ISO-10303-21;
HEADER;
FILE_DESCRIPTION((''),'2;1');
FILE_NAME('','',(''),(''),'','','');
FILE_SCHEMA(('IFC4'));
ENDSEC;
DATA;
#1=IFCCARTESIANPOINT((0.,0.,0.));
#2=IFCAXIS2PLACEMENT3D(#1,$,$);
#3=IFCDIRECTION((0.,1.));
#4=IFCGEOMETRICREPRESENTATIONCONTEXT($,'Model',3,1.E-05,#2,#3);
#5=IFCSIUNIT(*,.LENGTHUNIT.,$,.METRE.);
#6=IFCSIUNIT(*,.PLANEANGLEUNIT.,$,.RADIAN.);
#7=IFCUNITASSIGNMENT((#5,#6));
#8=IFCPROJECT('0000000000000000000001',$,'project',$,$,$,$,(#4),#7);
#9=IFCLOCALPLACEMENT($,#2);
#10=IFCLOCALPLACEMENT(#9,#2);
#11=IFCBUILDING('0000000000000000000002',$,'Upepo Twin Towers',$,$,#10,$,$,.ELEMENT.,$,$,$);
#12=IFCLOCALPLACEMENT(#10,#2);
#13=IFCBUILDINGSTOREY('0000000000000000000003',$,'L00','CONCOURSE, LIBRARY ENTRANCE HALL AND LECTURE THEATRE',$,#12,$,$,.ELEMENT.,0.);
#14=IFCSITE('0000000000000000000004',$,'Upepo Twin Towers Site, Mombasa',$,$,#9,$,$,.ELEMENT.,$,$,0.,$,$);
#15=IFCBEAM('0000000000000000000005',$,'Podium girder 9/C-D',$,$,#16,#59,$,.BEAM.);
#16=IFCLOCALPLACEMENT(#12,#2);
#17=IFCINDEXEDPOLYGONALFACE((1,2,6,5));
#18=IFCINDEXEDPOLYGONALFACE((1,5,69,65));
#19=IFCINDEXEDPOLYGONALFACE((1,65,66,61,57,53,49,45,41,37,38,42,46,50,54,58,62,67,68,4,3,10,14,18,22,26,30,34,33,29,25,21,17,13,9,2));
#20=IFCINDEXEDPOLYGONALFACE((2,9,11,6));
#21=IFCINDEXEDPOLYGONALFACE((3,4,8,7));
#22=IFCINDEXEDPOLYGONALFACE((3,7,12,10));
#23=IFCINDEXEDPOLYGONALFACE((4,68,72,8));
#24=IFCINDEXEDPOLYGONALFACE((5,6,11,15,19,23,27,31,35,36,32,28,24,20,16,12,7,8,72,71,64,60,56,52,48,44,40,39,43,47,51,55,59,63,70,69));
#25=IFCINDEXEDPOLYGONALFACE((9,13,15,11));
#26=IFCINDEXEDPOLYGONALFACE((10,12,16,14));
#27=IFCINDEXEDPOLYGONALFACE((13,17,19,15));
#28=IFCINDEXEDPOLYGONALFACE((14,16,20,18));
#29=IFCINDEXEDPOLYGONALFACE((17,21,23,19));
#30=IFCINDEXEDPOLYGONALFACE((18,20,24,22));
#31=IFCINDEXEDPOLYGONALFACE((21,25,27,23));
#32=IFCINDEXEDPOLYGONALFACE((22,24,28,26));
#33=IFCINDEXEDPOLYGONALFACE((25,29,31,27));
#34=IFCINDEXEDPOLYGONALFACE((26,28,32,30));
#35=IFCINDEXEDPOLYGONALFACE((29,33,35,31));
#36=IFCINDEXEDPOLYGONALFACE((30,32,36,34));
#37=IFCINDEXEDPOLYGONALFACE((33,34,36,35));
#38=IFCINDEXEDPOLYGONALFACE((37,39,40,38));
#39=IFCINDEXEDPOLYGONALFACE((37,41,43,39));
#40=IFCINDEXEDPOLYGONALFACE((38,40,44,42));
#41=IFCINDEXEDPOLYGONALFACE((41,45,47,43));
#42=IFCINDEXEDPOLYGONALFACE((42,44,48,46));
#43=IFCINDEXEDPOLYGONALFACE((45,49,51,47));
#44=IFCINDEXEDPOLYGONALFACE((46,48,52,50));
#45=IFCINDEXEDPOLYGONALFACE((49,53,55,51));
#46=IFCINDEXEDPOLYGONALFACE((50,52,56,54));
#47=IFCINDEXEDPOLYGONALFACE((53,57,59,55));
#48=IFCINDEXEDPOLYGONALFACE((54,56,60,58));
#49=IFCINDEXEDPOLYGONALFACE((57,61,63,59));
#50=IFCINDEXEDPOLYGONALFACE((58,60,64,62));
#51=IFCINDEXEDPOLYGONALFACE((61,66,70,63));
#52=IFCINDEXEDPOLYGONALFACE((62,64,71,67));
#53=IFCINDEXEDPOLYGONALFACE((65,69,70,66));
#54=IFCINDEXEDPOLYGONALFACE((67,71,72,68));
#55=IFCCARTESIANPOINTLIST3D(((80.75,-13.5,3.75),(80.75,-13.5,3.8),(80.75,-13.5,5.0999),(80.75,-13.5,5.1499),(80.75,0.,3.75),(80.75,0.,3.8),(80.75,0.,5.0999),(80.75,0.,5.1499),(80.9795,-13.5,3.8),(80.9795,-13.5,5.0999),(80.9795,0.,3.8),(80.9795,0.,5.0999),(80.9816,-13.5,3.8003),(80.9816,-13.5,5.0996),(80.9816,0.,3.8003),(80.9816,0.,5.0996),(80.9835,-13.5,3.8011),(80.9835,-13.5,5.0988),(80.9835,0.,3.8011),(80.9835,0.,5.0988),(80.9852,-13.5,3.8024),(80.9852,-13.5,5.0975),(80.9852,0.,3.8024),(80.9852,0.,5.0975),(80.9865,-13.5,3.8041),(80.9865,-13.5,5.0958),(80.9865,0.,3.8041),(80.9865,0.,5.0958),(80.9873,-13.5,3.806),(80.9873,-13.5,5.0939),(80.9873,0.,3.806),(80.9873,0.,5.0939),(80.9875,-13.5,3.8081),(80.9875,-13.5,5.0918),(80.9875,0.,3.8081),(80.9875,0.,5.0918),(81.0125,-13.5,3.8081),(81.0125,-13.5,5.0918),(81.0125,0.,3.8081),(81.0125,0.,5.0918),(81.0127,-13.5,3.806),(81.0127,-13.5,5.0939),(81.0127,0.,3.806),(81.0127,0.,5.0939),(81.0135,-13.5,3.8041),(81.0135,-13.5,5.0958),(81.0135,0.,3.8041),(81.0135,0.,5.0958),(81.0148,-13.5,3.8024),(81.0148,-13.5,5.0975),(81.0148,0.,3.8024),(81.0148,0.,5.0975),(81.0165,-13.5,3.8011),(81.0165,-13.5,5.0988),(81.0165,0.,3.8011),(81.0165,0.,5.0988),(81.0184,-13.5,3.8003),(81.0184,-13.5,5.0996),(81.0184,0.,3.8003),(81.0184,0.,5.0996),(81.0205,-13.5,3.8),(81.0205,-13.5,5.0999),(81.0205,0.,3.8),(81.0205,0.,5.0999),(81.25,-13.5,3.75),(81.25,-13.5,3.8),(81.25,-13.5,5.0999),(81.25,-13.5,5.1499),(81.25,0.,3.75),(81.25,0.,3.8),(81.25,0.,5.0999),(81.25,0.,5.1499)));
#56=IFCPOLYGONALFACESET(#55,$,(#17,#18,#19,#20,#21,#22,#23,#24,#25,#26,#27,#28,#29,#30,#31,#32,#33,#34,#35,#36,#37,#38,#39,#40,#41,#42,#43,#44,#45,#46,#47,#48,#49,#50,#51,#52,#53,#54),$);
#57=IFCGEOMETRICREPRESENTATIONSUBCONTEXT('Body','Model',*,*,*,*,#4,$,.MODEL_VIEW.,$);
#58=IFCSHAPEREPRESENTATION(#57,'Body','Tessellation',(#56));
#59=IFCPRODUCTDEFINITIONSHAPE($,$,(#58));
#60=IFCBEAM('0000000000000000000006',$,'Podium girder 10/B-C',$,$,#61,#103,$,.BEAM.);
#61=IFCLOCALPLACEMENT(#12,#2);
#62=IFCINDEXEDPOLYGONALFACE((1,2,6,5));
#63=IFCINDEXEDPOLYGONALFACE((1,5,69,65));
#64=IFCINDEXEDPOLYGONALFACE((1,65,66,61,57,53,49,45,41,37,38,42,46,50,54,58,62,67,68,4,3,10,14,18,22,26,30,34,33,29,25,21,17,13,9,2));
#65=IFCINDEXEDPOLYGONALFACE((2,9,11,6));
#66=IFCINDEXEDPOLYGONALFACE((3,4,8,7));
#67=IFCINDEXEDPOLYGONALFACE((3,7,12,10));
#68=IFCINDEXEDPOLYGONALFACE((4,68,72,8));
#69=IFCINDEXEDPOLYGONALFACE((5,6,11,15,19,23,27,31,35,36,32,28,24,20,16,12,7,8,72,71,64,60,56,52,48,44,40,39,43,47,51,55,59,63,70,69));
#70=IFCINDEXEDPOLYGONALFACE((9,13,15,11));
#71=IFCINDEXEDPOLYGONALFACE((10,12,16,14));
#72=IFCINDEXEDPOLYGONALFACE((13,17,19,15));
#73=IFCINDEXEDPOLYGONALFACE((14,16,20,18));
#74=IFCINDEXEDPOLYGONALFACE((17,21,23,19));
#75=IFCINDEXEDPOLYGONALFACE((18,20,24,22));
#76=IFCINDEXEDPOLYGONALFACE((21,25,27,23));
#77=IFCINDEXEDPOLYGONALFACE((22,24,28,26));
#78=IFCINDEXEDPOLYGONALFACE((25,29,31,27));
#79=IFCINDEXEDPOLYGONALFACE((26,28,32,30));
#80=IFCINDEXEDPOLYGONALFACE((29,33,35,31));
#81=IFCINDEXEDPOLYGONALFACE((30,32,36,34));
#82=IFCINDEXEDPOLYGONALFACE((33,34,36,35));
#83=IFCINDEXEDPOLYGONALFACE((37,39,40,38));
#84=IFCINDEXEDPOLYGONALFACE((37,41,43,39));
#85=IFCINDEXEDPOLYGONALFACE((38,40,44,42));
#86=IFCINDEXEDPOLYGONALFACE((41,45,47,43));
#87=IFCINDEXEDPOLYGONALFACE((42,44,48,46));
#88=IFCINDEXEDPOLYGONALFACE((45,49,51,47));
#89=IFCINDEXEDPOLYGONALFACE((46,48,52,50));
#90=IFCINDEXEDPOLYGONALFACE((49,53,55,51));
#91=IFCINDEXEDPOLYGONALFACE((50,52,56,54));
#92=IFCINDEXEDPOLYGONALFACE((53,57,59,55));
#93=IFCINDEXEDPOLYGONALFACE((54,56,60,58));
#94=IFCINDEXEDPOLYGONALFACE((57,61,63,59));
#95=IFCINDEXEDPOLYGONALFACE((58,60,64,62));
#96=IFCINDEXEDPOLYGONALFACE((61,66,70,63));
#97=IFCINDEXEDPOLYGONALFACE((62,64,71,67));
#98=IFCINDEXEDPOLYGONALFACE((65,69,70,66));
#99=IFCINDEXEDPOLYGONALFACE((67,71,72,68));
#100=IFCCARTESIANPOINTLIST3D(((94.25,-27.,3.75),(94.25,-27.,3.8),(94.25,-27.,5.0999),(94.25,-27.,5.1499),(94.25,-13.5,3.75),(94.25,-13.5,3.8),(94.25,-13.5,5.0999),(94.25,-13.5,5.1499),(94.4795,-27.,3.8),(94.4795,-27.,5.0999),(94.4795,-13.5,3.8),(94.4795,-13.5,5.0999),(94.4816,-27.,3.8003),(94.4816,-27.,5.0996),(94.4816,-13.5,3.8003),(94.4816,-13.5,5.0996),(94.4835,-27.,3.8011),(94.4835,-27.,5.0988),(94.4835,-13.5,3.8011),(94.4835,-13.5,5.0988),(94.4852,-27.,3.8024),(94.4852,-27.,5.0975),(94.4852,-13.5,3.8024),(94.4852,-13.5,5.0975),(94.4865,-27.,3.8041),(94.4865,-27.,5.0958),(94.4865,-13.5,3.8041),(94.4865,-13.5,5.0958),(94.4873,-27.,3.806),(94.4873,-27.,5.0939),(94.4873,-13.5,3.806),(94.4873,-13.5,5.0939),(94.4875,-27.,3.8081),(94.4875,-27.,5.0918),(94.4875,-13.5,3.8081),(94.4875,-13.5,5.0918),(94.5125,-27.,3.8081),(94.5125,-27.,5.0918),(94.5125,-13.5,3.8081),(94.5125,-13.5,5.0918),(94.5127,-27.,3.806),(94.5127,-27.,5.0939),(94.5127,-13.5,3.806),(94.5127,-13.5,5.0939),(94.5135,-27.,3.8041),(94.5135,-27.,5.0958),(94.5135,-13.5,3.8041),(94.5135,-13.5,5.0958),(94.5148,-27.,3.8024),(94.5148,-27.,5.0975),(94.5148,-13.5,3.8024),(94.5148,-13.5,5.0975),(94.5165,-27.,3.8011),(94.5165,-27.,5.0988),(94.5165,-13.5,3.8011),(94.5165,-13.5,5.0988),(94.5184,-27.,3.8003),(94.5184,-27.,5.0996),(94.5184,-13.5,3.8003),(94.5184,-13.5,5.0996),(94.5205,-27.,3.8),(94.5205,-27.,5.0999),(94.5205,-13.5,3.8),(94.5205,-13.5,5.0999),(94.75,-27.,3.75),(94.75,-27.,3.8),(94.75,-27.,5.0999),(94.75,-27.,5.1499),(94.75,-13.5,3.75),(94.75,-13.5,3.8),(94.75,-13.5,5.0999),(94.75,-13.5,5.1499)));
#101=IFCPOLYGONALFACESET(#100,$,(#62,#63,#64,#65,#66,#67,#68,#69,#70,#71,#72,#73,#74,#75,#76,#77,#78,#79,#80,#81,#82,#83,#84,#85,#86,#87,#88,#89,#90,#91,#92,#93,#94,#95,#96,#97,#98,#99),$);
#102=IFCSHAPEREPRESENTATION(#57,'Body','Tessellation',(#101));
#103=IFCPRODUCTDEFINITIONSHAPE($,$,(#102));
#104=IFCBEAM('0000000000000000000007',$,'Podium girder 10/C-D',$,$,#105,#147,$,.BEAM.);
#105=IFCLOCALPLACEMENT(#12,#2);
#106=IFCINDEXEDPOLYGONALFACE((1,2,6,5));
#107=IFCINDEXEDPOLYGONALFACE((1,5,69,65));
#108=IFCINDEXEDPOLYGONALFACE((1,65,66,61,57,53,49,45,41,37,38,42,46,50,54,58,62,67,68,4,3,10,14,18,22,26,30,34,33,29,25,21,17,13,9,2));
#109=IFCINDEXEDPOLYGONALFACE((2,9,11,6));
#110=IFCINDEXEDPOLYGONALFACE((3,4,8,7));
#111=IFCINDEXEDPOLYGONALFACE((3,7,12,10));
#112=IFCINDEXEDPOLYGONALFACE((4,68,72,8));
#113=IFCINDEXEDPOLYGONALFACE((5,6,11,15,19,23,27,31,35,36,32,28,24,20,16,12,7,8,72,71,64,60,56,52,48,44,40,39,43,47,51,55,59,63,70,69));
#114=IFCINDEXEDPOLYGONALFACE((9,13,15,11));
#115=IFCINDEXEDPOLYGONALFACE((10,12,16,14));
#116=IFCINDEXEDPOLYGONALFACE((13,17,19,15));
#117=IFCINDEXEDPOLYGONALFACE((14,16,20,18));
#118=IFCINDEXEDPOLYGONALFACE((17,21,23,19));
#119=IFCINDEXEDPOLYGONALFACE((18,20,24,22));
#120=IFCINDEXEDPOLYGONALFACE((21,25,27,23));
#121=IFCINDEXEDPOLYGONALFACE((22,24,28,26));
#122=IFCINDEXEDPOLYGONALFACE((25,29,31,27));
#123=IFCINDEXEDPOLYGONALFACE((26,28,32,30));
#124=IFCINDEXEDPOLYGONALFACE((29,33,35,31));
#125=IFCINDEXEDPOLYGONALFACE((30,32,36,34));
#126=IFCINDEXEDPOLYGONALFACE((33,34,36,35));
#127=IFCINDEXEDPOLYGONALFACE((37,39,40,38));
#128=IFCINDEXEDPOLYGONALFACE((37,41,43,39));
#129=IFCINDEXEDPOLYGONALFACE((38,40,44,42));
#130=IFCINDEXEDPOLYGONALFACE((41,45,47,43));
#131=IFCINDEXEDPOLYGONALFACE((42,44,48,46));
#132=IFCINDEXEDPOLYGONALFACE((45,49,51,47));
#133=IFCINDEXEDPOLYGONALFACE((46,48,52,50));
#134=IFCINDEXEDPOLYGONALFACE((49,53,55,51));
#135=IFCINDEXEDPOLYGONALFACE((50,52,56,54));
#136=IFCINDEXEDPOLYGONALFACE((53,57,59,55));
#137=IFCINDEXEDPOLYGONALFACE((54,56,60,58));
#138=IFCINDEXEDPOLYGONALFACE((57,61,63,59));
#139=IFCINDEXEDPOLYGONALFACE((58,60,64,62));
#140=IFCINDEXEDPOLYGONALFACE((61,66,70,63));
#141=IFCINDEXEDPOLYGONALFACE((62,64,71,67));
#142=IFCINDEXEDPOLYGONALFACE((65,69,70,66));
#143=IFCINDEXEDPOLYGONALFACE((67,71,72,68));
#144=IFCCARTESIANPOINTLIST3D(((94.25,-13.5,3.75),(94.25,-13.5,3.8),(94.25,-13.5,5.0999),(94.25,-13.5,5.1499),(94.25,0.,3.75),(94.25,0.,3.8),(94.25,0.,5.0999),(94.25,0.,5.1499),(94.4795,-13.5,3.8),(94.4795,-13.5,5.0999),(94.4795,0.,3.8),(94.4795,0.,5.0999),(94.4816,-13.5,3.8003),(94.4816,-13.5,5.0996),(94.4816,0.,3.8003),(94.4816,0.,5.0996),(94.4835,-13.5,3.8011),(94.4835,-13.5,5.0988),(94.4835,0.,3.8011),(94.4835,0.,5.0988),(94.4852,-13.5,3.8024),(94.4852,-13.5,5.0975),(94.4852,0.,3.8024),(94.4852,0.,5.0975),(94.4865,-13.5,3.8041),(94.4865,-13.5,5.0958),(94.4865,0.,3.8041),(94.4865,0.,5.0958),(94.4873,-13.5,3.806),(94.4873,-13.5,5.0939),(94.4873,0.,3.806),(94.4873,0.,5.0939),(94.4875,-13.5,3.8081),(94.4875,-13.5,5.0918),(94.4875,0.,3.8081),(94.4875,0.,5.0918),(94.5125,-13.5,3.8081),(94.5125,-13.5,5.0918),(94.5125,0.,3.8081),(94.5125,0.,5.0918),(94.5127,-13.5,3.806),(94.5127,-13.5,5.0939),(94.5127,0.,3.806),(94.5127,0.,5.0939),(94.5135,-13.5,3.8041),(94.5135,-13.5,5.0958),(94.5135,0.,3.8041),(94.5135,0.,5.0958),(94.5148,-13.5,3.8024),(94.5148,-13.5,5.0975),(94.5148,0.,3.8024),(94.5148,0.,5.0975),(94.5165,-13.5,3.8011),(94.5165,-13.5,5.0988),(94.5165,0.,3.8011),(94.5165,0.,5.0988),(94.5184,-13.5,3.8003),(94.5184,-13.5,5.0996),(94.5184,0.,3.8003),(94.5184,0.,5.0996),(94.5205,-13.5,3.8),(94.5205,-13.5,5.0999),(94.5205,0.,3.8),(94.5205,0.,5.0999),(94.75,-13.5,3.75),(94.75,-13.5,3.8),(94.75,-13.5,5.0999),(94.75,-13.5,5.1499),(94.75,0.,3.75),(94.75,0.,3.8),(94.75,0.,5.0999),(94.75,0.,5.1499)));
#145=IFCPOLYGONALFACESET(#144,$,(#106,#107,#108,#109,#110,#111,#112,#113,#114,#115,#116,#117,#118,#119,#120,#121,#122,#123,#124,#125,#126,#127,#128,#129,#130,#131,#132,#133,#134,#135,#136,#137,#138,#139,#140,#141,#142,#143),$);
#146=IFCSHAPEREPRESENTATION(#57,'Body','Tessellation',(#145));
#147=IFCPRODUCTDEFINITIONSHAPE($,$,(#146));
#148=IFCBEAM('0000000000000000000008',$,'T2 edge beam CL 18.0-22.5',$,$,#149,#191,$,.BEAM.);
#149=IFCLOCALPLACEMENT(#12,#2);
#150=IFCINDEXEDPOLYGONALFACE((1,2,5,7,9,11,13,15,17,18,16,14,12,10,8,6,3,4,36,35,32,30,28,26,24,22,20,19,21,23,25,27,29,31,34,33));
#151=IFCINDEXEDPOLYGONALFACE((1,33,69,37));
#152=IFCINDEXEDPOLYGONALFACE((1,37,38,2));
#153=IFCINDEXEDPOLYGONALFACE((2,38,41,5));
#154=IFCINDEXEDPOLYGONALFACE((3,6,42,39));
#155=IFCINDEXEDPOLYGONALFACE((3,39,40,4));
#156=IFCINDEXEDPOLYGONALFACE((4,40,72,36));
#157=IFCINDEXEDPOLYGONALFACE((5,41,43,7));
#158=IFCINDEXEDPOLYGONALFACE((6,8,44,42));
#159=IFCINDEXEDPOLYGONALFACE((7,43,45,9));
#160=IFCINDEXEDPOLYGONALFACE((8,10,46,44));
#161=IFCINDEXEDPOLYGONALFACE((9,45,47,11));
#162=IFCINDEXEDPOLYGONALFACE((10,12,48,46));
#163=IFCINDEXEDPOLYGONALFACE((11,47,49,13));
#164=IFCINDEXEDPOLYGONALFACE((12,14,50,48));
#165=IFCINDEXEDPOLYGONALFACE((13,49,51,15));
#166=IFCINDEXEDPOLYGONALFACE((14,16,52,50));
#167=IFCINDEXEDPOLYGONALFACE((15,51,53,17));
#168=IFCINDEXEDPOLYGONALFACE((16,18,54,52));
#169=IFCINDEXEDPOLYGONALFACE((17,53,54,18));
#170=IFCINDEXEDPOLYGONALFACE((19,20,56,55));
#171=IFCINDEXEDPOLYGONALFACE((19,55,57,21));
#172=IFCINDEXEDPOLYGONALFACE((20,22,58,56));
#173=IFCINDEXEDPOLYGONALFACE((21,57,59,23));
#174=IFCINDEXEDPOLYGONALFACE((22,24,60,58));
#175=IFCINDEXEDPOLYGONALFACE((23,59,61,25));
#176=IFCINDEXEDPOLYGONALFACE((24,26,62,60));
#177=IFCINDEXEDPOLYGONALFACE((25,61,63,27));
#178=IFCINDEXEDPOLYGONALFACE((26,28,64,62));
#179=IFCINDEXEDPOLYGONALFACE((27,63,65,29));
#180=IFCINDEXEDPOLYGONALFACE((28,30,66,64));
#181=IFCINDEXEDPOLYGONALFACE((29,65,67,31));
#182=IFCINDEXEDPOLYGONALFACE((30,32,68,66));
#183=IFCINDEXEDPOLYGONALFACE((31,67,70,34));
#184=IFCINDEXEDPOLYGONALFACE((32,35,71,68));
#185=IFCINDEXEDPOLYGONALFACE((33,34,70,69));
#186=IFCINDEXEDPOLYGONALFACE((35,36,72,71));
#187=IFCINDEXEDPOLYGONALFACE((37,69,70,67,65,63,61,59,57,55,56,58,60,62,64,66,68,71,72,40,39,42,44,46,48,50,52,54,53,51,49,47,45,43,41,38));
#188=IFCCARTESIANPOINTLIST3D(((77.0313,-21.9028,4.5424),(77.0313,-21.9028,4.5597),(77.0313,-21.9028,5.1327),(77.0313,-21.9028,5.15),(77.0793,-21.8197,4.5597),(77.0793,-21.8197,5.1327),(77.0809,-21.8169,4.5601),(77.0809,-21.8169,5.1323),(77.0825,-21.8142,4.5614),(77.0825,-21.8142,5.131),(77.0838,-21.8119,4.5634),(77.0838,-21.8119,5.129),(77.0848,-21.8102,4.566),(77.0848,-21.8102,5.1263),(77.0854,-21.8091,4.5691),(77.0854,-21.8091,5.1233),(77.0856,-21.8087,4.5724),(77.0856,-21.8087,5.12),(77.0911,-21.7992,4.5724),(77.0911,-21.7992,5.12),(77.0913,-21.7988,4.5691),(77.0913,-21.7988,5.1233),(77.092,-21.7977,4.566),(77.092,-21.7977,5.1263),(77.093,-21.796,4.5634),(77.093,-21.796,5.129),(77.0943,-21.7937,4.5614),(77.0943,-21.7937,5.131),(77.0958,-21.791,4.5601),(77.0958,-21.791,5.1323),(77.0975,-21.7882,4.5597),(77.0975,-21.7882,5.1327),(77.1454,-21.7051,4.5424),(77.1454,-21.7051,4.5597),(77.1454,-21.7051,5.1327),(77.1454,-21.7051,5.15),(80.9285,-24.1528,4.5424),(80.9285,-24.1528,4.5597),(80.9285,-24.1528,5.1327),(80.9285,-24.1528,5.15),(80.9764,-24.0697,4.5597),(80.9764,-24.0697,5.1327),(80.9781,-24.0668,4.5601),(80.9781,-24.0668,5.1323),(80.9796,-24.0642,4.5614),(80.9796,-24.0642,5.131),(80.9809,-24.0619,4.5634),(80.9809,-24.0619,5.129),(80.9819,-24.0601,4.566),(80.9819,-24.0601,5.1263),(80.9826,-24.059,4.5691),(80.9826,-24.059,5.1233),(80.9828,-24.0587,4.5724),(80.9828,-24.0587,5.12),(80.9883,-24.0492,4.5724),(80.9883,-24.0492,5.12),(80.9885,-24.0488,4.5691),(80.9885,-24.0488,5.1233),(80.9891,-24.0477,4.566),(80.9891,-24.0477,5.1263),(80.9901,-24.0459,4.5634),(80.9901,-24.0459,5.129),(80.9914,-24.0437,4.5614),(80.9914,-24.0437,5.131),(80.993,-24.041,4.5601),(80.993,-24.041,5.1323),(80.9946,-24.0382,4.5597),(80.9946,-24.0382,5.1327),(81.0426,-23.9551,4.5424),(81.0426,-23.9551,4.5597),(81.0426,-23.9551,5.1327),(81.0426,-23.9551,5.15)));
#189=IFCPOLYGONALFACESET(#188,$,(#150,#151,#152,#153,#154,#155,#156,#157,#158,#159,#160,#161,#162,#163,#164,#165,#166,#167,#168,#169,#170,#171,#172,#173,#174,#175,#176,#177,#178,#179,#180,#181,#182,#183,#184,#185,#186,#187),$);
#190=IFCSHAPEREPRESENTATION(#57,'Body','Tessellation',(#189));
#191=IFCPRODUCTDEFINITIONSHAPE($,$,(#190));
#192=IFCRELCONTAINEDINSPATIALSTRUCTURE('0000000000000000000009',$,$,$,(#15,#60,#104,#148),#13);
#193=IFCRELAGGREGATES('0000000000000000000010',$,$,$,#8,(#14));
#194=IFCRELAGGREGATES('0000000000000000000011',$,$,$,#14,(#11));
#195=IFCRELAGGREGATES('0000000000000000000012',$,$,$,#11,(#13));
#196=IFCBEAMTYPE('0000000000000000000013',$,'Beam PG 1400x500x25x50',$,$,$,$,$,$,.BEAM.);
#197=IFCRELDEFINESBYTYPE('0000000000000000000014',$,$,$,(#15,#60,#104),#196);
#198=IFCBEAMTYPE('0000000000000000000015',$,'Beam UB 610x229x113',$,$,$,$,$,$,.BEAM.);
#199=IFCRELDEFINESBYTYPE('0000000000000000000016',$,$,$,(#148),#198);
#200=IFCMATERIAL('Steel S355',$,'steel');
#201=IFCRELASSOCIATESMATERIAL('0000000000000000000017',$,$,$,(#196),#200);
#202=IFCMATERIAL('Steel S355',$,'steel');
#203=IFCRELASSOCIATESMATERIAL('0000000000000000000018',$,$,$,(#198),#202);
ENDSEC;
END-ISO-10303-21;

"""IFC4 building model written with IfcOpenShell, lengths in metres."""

from ifc_helpers import new_model, si_unit, direction, frame, origin, origin_2d, place, context, subcontext, project, spatial, i_section, extrude, material, material_profile, profile_set, type_object, element, save


model = new_model("IFC4")

# Units and contexts
model_context = context("Model", 3, precision=1e-05, world=origin(), true_north=direction((0.0, 1.0)))
body_context = subcontext(model_context, "Body", "Model", "MODEL_VIEW")
ifc_project = project(units=[si_unit("LENGTHUNIT", "METRE"), si_unit("PLANEANGLEUNIT", "RADIAN")], contexts=[model_context])

# Site, building, storey
site_placement = place(None, origin())
site = spatial("IfcSite", under=ifc_project, at=site_placement, Name="Upepo Twin Towers Site, Mombasa", CompositionType="ELEMENT", RefElevation=0.0)
building_placement = place(site_placement, origin())
building = spatial("IfcBuilding", under=site, at=building_placement, Name="Upepo Twin Towers", CompositionType="ELEMENT")
storey_placement = place(building_placement, origin())
storey = spatial("IfcBuildingStorey", under=building, at=storey_placement, Name="L00", Description="CONCOURSE, LIBRARY ENTRANCE HALL AND LECTURE THEATRE", CompositionType="ELEMENT", Elevation=0.0)

# Beams
ifc_material_1 = material(Name="Steel S355", Category="steel")
ifc_material_profile_1 = material_profile(ifc_material_1, i_section(OverallWidth=0.5, OverallDepth=1.3999, WebThickness=0.0249, FlangeThickness=0.05, FilletRadius=0.0081, at=origin_2d()), Name="PG 1400x500x25x50")
ifc_profile_set_1 = profile_set([ifc_material_profile_1], Name="Steel S355")
beam_type_1 = type_object("IfcBeamType", Name="Beam PG 1400x500x25x50", PredefinedType="BEAM", material=ifc_profile_set_1)
for number, where, z_axis, x_axis, name in (
    (1, (81.0, -13.5, 4.45), (0.0, 1.0, 0.0), (-1.0, 0.0, 0.0), "Podium girder 9/C-D"),
    (2, (94.5, -27.0, 4.45), (0.0, 1.0, 0.0), (-1.0, 0.0, 0.0), "Podium girder 10/B-C"),
    (3, (94.5, -13.5, 4.45), (0.0, 1.0, 0.0), (-1.0, 0.0, 0.0), "Podium girder 10/C-D"),
):
    element("IfcBeam", number, at=place(storey_placement, frame(where, z_axis=z_axis, x_axis=x_axis)), inside=storey, type_object=beam_type_1, Name=name, PredefinedType="BEAM", context=body_context, shape_type="SweptSolid", body=[
        extrude(i_section(OverallWidth=0.5, OverallDepth=1.3999, WebThickness=0.0249, FlangeThickness=0.05, FilletRadius=0.0081, at=origin_2d()), origin(), (0.0, 0.0, 1.0), 13.5),
    ])
ifc_material_2 = material(Name="Steel S355", Category="steel")
ifc_material_profile_2 = material_profile(ifc_material_2, i_section(OverallWidth=0.2283, OverallDepth=0.6077, WebThickness=0.011, FlangeThickness=0.0173, FilletRadius=0.0127, at=origin_2d()), Name="UB 610x229x113")
ifc_profile_set_2 = profile_set([ifc_material_profile_2], Name="Steel S355")
beam_type_2 = type_object("IfcBeamType", Name="Beam UB 610x229x113", PredefinedType="BEAM", material=ifc_profile_set_2)
beam_1_placement = place(storey_placement, frame((77.0884, -21.804, 4.8462), z_axis=(0.866031, -0.49999, 0.0), x_axis=(0.49999, 0.866031, 0.0)))
element("IfcBeam", 4, at=beam_1_placement, inside=storey, type_object=beam_type_2, Name="T2 edge beam CL 18.0-22.5", PredefinedType="BEAM", context=body_context, shape_type="SweptSolid", body=[
    extrude(i_section(OverallWidth=0.2283, OverallDepth=0.6077, WebThickness=0.011, FlangeThickness=0.0173, FilletRadius=0.0127, at=origin_2d()), origin(), (0.0, 0.0, 1.0), 4.5),
])

save(model, "model.ifc")
